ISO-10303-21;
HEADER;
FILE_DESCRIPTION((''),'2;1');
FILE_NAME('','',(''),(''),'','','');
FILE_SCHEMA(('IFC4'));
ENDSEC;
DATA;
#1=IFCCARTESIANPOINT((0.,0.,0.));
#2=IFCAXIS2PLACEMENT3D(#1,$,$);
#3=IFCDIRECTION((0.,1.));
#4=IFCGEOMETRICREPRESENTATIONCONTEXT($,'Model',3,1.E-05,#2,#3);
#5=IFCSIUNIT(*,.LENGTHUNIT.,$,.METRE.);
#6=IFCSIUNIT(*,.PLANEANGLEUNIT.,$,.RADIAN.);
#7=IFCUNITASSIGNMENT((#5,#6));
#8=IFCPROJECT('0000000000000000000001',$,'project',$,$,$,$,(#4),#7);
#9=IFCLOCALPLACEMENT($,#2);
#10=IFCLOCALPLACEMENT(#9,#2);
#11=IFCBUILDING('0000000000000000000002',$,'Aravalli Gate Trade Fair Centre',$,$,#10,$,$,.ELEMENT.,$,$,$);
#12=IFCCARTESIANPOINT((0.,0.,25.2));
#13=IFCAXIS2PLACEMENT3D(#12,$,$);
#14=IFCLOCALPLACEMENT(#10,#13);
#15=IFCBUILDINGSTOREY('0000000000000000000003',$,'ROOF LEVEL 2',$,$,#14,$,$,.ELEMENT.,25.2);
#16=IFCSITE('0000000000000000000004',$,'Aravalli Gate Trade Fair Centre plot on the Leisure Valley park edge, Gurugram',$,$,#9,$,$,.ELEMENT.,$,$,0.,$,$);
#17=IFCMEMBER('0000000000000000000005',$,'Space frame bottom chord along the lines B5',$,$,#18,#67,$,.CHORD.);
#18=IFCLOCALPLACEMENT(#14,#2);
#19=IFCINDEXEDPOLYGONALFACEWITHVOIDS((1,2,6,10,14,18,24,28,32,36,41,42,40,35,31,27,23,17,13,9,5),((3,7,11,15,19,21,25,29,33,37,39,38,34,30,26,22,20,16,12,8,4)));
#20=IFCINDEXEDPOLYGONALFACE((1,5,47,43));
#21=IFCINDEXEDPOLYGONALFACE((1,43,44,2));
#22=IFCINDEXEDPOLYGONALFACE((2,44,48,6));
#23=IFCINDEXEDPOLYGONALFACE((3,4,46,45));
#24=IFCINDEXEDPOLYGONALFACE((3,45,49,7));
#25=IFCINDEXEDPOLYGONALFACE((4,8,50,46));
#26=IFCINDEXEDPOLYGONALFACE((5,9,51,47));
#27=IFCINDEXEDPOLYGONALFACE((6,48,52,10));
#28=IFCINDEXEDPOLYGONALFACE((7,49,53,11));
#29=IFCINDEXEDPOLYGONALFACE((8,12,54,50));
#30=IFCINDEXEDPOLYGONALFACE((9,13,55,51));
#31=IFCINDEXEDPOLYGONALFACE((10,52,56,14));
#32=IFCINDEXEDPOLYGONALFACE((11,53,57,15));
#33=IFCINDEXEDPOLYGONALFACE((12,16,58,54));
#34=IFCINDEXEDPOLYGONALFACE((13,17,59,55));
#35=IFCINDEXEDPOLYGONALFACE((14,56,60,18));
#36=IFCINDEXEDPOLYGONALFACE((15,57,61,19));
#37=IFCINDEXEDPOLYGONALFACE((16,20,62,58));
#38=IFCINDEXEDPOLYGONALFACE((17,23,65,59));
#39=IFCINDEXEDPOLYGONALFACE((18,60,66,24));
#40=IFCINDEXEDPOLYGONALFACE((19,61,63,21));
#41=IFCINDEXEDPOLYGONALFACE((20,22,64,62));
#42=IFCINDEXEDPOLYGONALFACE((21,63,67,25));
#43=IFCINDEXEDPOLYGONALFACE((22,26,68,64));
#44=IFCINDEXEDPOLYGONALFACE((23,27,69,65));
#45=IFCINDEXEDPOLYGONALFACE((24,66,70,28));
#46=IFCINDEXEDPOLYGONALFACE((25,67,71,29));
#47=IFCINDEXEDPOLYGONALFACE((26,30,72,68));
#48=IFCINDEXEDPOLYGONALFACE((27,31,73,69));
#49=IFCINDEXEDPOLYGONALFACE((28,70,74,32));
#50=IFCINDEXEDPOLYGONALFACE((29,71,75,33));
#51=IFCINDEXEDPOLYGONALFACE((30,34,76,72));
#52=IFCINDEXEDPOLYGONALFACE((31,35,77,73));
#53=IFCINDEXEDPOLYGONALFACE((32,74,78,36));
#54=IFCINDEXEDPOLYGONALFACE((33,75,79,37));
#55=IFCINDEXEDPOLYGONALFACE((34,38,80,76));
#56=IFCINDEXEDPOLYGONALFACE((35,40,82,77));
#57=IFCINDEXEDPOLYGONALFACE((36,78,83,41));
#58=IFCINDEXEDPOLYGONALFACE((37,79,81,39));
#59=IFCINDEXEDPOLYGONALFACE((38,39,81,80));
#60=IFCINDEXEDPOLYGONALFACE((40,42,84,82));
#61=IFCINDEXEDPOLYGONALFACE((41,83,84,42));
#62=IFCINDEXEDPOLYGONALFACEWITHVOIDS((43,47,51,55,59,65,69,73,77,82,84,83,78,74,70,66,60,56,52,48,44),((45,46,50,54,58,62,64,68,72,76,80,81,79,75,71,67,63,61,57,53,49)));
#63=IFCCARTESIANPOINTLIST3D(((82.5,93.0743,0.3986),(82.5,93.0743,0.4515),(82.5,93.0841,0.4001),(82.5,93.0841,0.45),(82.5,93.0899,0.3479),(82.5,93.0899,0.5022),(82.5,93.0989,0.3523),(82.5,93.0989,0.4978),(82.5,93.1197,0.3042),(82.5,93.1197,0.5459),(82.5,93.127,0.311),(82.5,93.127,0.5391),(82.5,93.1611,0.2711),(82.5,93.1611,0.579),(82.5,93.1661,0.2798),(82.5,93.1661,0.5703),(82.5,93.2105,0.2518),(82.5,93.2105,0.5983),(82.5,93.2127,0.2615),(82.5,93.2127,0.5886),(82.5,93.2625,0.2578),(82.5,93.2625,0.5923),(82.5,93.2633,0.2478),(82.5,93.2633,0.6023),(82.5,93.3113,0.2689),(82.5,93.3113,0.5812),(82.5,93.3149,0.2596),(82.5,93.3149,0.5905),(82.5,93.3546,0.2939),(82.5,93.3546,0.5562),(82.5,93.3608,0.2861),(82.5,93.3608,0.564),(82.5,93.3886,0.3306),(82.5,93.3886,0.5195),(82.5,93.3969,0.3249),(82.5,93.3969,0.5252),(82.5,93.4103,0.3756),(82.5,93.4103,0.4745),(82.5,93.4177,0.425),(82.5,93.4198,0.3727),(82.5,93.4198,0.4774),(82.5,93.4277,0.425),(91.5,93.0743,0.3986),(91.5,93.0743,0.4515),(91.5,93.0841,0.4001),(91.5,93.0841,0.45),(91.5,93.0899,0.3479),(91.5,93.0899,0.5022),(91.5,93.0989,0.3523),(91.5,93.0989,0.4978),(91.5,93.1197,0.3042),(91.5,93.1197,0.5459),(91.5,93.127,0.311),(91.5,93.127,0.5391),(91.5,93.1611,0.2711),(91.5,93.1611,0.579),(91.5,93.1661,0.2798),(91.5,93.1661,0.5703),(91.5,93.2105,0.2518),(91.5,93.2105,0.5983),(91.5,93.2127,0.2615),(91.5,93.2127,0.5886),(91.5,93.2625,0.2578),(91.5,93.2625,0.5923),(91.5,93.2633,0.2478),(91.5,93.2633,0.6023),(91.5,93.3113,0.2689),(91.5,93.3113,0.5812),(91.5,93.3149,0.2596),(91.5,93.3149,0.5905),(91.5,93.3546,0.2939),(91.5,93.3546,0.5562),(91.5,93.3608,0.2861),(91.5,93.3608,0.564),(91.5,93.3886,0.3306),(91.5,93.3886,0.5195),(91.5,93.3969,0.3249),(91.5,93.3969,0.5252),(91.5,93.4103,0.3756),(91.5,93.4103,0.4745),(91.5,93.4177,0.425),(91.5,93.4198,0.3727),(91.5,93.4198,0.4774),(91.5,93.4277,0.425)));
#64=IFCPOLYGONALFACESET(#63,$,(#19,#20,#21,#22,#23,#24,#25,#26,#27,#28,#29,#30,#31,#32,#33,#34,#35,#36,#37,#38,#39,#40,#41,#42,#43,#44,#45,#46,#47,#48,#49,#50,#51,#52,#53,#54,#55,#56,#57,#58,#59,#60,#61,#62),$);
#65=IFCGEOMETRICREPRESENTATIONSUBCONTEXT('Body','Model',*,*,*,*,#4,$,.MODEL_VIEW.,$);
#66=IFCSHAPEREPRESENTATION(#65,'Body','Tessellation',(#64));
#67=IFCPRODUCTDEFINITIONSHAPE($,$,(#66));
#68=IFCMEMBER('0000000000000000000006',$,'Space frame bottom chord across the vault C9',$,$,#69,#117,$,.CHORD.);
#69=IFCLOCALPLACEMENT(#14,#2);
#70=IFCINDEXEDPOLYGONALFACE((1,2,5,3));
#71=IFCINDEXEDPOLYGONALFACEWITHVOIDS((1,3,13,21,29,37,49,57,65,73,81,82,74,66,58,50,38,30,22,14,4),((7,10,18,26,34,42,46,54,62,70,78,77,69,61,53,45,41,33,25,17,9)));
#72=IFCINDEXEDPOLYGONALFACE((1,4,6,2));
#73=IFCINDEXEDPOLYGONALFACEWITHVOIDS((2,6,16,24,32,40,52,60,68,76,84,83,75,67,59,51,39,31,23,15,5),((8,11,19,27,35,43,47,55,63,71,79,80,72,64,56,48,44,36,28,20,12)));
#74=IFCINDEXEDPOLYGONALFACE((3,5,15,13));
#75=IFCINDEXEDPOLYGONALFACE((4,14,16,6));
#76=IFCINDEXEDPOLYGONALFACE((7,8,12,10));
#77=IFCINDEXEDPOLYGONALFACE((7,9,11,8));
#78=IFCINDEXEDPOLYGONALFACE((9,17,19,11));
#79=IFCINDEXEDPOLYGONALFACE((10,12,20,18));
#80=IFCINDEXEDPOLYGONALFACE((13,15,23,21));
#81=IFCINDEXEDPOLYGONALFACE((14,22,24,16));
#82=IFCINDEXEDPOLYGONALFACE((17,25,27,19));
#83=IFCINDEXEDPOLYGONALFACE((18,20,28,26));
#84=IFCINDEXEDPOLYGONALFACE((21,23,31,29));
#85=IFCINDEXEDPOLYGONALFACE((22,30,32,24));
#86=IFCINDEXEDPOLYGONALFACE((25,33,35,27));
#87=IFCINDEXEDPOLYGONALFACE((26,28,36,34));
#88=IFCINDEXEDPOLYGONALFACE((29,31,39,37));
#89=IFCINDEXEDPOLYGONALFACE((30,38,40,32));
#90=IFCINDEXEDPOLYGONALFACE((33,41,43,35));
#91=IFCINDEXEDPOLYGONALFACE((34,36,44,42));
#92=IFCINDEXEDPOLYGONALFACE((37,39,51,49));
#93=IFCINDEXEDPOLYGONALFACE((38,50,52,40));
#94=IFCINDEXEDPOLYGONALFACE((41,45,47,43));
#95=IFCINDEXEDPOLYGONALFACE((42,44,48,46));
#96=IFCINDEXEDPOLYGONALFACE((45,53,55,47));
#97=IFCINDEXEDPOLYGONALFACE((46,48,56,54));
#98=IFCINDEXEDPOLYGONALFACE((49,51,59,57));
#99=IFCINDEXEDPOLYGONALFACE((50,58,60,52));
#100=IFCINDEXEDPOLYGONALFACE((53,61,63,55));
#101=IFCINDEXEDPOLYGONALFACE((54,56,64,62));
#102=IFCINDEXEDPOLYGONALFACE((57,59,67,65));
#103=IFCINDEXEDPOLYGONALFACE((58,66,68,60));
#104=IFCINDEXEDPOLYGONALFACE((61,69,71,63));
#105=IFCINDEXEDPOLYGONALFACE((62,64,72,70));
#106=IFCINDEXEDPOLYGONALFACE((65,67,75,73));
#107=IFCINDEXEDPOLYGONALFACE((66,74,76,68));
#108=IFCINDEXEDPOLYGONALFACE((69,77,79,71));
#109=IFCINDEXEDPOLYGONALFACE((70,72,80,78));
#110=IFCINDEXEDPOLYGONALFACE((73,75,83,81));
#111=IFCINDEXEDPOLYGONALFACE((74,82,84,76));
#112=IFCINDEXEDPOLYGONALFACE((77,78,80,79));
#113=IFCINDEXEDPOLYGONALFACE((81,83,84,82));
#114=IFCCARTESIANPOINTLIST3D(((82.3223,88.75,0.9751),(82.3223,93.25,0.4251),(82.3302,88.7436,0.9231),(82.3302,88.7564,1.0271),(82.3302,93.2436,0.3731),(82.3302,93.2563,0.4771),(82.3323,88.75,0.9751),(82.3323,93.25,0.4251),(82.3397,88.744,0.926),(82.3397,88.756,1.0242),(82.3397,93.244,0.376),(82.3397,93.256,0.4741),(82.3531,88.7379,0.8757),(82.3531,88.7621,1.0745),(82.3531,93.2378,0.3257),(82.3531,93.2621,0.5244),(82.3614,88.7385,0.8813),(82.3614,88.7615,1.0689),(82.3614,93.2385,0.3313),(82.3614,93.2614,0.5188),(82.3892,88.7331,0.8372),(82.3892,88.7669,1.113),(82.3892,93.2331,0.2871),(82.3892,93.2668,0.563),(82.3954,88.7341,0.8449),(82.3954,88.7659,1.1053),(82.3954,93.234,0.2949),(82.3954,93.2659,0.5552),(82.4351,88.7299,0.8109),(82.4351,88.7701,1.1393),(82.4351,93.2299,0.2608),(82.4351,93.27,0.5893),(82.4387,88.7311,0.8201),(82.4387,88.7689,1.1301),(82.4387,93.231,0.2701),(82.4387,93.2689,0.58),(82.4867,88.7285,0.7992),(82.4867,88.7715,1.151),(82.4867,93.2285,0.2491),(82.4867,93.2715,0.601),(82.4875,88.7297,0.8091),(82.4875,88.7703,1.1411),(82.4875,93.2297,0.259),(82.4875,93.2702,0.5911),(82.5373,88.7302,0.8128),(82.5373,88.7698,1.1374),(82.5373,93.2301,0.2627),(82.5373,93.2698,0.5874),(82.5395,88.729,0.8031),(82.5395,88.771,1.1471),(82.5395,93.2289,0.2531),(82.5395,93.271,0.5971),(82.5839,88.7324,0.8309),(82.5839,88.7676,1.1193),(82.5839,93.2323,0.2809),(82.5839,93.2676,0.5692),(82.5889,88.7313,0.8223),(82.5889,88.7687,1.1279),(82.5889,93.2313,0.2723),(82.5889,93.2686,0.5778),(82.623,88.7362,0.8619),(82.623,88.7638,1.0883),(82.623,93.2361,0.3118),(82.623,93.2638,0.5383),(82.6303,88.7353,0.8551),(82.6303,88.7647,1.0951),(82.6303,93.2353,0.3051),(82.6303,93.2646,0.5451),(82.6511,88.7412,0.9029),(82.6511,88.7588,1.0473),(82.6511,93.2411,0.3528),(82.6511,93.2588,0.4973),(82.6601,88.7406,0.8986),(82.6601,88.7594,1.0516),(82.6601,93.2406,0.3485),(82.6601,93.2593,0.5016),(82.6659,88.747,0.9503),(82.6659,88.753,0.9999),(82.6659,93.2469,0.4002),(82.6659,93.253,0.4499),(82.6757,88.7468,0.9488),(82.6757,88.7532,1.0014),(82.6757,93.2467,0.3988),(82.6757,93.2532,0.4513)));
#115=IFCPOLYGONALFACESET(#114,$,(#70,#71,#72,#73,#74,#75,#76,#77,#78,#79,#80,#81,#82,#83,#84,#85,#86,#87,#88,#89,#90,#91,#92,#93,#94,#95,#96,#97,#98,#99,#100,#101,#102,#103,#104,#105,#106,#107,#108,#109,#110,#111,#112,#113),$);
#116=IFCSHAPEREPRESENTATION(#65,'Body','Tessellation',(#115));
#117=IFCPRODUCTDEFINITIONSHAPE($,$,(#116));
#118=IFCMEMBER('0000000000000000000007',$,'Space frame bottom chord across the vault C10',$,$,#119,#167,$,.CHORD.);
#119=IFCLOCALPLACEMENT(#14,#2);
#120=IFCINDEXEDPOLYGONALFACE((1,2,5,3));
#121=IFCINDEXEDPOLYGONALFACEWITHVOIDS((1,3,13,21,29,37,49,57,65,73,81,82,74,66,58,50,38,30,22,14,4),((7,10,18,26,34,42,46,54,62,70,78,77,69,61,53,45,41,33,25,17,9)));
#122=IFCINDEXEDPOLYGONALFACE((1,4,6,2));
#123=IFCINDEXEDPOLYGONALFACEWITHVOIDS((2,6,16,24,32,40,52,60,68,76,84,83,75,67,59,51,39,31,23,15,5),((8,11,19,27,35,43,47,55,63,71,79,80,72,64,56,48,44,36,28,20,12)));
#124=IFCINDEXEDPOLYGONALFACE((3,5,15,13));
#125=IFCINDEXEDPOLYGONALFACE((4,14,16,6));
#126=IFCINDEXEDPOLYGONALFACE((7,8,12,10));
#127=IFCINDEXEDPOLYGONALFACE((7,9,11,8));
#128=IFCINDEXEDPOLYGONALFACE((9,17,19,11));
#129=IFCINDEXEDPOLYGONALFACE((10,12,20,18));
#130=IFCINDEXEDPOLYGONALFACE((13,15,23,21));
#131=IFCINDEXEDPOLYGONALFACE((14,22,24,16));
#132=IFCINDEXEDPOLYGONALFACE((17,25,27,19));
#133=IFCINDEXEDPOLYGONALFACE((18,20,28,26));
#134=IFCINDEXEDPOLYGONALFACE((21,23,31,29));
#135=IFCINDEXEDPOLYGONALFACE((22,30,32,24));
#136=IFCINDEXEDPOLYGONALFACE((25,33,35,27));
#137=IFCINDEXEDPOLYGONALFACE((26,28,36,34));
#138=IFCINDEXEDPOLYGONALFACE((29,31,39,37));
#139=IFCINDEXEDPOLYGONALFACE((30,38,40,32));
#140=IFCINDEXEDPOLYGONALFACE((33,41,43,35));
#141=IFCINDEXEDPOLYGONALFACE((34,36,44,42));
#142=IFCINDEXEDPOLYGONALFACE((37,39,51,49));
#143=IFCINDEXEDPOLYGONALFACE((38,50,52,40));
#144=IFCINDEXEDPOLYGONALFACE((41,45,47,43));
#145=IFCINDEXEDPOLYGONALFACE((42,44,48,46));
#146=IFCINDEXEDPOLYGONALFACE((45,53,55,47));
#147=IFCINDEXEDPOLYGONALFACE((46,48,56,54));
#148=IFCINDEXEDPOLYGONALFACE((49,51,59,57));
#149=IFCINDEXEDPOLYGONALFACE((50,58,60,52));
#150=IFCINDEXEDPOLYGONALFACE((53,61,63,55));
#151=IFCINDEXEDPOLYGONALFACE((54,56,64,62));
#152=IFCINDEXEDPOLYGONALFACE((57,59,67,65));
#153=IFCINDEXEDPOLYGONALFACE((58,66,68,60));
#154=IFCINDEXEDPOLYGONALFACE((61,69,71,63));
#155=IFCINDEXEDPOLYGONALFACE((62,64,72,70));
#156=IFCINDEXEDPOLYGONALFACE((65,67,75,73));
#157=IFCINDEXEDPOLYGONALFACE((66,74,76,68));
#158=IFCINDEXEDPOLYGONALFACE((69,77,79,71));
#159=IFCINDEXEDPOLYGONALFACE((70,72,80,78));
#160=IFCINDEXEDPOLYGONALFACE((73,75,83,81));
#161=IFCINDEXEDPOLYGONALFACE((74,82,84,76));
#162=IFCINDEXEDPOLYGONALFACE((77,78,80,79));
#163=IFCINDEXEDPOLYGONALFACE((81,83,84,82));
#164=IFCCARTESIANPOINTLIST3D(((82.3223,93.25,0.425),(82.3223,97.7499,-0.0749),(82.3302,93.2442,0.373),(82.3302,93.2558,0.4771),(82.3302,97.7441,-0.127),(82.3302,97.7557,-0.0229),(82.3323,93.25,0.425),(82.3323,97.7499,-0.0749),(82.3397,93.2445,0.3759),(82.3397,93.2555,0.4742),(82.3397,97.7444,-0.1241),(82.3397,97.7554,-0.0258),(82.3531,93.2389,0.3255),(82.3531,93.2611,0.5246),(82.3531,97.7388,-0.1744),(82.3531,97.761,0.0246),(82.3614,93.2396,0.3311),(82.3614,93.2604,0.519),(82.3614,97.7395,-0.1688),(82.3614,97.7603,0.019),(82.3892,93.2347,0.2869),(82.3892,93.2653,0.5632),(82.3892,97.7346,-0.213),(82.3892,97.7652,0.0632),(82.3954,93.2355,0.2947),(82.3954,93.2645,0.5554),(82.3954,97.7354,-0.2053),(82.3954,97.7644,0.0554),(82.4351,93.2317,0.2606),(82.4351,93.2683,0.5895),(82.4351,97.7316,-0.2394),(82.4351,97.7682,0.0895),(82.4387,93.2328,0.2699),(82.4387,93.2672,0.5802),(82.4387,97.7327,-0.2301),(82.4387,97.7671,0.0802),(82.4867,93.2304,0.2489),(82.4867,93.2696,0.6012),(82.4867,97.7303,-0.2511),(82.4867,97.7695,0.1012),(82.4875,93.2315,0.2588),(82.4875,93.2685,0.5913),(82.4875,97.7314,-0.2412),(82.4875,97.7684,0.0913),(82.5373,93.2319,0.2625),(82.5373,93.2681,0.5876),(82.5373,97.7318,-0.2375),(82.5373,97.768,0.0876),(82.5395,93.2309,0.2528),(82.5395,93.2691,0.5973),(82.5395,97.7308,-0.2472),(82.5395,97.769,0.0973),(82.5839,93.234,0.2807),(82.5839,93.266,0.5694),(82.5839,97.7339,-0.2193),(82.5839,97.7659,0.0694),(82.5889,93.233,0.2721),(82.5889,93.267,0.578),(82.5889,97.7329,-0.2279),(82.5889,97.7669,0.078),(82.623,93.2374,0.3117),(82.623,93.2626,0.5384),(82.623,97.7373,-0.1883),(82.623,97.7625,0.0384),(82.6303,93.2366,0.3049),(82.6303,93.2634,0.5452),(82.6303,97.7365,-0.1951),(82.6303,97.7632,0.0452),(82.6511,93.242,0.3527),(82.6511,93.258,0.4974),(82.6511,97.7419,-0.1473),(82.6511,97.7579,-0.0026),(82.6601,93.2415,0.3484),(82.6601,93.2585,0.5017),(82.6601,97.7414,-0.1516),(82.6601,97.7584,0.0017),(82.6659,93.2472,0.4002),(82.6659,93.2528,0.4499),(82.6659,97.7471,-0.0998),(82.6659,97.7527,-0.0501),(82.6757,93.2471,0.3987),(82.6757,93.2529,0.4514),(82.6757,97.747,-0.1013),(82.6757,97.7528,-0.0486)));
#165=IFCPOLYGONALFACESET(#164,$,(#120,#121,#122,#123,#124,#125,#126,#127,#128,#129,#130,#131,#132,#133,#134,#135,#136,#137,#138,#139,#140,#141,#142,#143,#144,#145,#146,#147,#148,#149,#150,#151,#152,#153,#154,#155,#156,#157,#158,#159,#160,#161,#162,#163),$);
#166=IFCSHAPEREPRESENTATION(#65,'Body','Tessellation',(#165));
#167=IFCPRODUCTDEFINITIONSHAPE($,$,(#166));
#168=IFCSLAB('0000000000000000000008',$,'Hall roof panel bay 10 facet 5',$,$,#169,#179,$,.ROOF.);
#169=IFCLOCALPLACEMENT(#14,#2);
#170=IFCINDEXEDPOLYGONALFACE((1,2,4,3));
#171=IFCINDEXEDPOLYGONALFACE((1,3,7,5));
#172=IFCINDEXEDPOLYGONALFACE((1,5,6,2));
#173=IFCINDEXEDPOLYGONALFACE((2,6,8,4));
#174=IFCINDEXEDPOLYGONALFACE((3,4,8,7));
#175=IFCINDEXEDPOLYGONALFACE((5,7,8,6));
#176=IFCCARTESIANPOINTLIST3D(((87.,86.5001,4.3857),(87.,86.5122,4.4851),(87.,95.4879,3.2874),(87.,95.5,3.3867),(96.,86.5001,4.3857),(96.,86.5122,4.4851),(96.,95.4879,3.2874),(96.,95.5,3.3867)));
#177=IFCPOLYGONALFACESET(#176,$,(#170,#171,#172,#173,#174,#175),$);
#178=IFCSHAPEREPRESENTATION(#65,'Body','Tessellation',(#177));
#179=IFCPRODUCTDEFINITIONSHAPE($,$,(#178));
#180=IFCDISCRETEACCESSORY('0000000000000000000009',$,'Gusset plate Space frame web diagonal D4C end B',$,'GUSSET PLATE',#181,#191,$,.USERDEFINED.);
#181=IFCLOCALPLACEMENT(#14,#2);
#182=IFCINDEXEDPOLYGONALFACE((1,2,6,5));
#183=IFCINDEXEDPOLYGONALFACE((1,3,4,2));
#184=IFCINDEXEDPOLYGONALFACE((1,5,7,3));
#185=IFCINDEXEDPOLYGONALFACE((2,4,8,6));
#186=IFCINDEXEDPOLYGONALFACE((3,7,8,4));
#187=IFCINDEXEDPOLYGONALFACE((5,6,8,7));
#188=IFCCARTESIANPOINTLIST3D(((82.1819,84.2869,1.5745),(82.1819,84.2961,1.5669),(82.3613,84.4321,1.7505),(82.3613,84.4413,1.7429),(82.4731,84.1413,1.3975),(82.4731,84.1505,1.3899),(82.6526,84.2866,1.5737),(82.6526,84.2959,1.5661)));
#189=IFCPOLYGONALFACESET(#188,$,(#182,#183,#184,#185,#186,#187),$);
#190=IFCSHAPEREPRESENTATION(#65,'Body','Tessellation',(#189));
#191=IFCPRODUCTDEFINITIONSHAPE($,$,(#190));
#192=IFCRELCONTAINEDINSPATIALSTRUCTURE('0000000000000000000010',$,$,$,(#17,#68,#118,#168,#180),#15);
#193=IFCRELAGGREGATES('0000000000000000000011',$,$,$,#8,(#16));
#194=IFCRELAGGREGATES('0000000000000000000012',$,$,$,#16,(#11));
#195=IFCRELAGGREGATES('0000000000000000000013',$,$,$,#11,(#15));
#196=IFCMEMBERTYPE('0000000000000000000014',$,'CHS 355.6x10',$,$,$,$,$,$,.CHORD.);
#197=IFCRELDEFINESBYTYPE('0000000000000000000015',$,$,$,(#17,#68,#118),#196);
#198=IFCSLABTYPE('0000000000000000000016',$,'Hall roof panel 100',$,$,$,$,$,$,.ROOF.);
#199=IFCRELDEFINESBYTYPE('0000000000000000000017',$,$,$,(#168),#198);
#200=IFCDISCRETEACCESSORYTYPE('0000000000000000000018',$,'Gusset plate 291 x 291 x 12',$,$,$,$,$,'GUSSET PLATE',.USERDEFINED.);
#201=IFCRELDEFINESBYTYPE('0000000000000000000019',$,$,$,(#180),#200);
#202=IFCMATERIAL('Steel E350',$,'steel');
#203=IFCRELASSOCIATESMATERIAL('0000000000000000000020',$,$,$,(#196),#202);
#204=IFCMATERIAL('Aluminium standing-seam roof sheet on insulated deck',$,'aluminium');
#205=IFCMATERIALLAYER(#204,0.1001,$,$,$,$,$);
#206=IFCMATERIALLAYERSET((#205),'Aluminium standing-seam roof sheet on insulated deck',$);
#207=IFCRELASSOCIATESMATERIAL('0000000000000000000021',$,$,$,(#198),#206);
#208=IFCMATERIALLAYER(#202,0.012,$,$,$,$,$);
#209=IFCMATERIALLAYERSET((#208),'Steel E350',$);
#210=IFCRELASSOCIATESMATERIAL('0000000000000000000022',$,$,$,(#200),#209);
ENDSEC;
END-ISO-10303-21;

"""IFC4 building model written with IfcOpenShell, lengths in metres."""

from ifc_helpers import new_model, si_unit, direction, frame, origin, origin_2d, place, context, subcontext, project, spatial, polyline, hollow_circle, outline, extrude, material, layer, layer_set, material_profile, profile_set, type_object, element, save


model = new_model("IFC4")

# Units and contexts
model_context = context("Model", 3, precision=1e-05, world=origin(), true_north=direction((0.0, 1.0)))
body_context = subcontext(model_context, "Body", "Model", "MODEL_VIEW")
ifc_project = project(units=[si_unit("LENGTHUNIT", "METRE"), si_unit("PLANEANGLEUNIT", "RADIAN")], contexts=[model_context])

# Site, building, storey
site_placement = place(None, origin())
site = spatial("IfcSite", under=ifc_project, at=site_placement, Name="Aravalli Gate Trade Fair Centre plot on the Leisure Valley park edge, Gurugram", CompositionType="ELEMENT", RefElevation=0.0)
building_placement = place(site_placement, origin())
building = spatial("IfcBuilding", under=site, at=building_placement, Name="Aravalli Gate Trade Fair Centre", CompositionType="ELEMENT")
storey_placement = place(building_placement, frame((0.0, 0.0, 25.2)))
storey = spatial("IfcBuildingStorey", under=building, at=storey_placement, Name="ROOF LEVEL 2", CompositionType="ELEMENT", Elevation=25.2)

# Members
ifc_material_1 = material(Name="Steel E350", Category="steel")
ifc_material_profile_1 = material_profile(ifc_material_1, hollow_circle(Radius=0.1777, WallThickness=0.01, at=origin_2d()), Name="CHS 355.6x10")
ifc_profile_set_1 = profile_set([ifc_material_profile_1], Name="Steel E350")
member_type_1 = type_object("IfcMemberType", Name="CHS 355.6x10", PredefinedType="CHORD", material=ifc_profile_set_1)
for number, where, z_axis, x_axis, name in (
    (1, (82.5, 93.25, 0.425), (1.0, 0.0, 0.0), (0.0, 1.0, 0.0), "Space frame bottom chord along the lines B5"),
):
    element("IfcMember", number, at=place(storey_placement, frame(where, z_axis=z_axis, x_axis=x_axis)), inside=storey, type_object=member_type_1, Name=name, PredefinedType="CHORD", context=body_context, shape_type="SweptSolid", body=[
        extrude(hollow_circle(Radius=0.1777, WallThickness=0.01, at=origin_2d()), origin(), (0.0, 0.0, 1.0), 9.0),
    ])
member_1_placement = place(storey_placement, frame((82.5, 88.75, 0.9751), z_axis=(0.0, 0.992612, -0.12133), x_axis=(-1.0, 0.0, 0.0)))
element("IfcMember", 2, at=member_1_placement, inside=storey, type_object=member_type_1, Name="Space frame bottom chord across the vault C9", PredefinedType="CHORD", context=body_context, shape_type="SweptSolid", body=[
    extrude(hollow_circle(Radius=0.1777, WallThickness=0.01, at=origin_2d()), origin(), (0.0, 0.0, 1.0), 4.5334),
])
member_2_placement = place(storey_placement, frame((82.5, 93.25, 0.425), z_axis=(0.0, 0.993884, -0.110432), x_axis=(-1.0, 0.0, 0.0)))
element("IfcMember", 3, at=member_2_placement, inside=storey, type_object=member_type_1, Name="Space frame bottom chord across the vault C10", PredefinedType="CHORD", context=body_context, shape_type="SweptSolid", body=[
    extrude(hollow_circle(Radius=0.1777, WallThickness=0.01, at=origin_2d()), origin(), (0.0, 0.0, 1.0), 4.5276),
])

# Slab
ifc_material_2 = material(Name="Aluminium standing-seam roof sheet on insulated deck", Category="aluminium")
ifc_layer_1 = layer(ifc_material_2, 0.1001)
ifc_layer_set_1 = layer_set([ifc_layer_1], Name="Aluminium standing-seam roof sheet on insulated deck")
slab_type = type_object("IfcSlabType", Name="Hall roof panel 100", PredefinedType="ROOF", material=ifc_layer_set_1)
slab_placement = place(storey_placement, frame((87.0, 86.5122, 4.4851), z_axis=(0.0, 0.121306, 0.992615), x_axis=(1.0, 0.0, 0.0)))
element("IfcSlab", 4, at=slab_placement, inside=storey, type_object=slab_type, Name="Hall roof panel bay 10 facet 5", PredefinedType="ROOF", context=body_context, shape_type="SweptSolid", body=[
    extrude(outline(polyline([(0.0, 0.0), (9.0, 0.0), (9.0, 9.0547), (0.0, 9.0547), (0.0, 0.0)])), origin(), (0.0, 0.0, -1.0), 0.1001),
])

# Discrete accessory
ifc_layer_2 = layer(ifc_material_1, 0.012)
ifc_layer_set_2 = layer_set([ifc_layer_2], Name="Steel E350")
discrete_accessory_type = type_object("IfcDiscreteAccessoryType", Name="Gusset plate 291 x 291 x 12", ElementType="GUSSET PLATE", PredefinedType="USERDEFINED", material=ifc_layer_set_2)
discrete_accessory_1_placement = place(storey_placement, frame((82.1819, 84.2869, 1.5745), z_axis=(0.000589, -0.771792, 0.635874), x_axis=(0.785943, -0.392803, -0.477493)))
element("IfcDiscreteAccessory", 5, at=discrete_accessory_1_placement, inside=storey, type_object=discrete_accessory_type, Name="Gusset plate Space frame web diagonal D4C end B", ObjectType="GUSSET PLATE", PredefinedType="USERDEFINED", context=body_context, shape_type="SweptSolid", body=[
    extrude(outline(polyline([(0.0, 0.0), (0.3706, 0.0), (0.3704, 0.2905), (-0.0001, 0.2903), (0.0, 0.0)])), origin(), (0.0, 0.0, -1.0), 0.012),
])

save(model, "model.ifc")
